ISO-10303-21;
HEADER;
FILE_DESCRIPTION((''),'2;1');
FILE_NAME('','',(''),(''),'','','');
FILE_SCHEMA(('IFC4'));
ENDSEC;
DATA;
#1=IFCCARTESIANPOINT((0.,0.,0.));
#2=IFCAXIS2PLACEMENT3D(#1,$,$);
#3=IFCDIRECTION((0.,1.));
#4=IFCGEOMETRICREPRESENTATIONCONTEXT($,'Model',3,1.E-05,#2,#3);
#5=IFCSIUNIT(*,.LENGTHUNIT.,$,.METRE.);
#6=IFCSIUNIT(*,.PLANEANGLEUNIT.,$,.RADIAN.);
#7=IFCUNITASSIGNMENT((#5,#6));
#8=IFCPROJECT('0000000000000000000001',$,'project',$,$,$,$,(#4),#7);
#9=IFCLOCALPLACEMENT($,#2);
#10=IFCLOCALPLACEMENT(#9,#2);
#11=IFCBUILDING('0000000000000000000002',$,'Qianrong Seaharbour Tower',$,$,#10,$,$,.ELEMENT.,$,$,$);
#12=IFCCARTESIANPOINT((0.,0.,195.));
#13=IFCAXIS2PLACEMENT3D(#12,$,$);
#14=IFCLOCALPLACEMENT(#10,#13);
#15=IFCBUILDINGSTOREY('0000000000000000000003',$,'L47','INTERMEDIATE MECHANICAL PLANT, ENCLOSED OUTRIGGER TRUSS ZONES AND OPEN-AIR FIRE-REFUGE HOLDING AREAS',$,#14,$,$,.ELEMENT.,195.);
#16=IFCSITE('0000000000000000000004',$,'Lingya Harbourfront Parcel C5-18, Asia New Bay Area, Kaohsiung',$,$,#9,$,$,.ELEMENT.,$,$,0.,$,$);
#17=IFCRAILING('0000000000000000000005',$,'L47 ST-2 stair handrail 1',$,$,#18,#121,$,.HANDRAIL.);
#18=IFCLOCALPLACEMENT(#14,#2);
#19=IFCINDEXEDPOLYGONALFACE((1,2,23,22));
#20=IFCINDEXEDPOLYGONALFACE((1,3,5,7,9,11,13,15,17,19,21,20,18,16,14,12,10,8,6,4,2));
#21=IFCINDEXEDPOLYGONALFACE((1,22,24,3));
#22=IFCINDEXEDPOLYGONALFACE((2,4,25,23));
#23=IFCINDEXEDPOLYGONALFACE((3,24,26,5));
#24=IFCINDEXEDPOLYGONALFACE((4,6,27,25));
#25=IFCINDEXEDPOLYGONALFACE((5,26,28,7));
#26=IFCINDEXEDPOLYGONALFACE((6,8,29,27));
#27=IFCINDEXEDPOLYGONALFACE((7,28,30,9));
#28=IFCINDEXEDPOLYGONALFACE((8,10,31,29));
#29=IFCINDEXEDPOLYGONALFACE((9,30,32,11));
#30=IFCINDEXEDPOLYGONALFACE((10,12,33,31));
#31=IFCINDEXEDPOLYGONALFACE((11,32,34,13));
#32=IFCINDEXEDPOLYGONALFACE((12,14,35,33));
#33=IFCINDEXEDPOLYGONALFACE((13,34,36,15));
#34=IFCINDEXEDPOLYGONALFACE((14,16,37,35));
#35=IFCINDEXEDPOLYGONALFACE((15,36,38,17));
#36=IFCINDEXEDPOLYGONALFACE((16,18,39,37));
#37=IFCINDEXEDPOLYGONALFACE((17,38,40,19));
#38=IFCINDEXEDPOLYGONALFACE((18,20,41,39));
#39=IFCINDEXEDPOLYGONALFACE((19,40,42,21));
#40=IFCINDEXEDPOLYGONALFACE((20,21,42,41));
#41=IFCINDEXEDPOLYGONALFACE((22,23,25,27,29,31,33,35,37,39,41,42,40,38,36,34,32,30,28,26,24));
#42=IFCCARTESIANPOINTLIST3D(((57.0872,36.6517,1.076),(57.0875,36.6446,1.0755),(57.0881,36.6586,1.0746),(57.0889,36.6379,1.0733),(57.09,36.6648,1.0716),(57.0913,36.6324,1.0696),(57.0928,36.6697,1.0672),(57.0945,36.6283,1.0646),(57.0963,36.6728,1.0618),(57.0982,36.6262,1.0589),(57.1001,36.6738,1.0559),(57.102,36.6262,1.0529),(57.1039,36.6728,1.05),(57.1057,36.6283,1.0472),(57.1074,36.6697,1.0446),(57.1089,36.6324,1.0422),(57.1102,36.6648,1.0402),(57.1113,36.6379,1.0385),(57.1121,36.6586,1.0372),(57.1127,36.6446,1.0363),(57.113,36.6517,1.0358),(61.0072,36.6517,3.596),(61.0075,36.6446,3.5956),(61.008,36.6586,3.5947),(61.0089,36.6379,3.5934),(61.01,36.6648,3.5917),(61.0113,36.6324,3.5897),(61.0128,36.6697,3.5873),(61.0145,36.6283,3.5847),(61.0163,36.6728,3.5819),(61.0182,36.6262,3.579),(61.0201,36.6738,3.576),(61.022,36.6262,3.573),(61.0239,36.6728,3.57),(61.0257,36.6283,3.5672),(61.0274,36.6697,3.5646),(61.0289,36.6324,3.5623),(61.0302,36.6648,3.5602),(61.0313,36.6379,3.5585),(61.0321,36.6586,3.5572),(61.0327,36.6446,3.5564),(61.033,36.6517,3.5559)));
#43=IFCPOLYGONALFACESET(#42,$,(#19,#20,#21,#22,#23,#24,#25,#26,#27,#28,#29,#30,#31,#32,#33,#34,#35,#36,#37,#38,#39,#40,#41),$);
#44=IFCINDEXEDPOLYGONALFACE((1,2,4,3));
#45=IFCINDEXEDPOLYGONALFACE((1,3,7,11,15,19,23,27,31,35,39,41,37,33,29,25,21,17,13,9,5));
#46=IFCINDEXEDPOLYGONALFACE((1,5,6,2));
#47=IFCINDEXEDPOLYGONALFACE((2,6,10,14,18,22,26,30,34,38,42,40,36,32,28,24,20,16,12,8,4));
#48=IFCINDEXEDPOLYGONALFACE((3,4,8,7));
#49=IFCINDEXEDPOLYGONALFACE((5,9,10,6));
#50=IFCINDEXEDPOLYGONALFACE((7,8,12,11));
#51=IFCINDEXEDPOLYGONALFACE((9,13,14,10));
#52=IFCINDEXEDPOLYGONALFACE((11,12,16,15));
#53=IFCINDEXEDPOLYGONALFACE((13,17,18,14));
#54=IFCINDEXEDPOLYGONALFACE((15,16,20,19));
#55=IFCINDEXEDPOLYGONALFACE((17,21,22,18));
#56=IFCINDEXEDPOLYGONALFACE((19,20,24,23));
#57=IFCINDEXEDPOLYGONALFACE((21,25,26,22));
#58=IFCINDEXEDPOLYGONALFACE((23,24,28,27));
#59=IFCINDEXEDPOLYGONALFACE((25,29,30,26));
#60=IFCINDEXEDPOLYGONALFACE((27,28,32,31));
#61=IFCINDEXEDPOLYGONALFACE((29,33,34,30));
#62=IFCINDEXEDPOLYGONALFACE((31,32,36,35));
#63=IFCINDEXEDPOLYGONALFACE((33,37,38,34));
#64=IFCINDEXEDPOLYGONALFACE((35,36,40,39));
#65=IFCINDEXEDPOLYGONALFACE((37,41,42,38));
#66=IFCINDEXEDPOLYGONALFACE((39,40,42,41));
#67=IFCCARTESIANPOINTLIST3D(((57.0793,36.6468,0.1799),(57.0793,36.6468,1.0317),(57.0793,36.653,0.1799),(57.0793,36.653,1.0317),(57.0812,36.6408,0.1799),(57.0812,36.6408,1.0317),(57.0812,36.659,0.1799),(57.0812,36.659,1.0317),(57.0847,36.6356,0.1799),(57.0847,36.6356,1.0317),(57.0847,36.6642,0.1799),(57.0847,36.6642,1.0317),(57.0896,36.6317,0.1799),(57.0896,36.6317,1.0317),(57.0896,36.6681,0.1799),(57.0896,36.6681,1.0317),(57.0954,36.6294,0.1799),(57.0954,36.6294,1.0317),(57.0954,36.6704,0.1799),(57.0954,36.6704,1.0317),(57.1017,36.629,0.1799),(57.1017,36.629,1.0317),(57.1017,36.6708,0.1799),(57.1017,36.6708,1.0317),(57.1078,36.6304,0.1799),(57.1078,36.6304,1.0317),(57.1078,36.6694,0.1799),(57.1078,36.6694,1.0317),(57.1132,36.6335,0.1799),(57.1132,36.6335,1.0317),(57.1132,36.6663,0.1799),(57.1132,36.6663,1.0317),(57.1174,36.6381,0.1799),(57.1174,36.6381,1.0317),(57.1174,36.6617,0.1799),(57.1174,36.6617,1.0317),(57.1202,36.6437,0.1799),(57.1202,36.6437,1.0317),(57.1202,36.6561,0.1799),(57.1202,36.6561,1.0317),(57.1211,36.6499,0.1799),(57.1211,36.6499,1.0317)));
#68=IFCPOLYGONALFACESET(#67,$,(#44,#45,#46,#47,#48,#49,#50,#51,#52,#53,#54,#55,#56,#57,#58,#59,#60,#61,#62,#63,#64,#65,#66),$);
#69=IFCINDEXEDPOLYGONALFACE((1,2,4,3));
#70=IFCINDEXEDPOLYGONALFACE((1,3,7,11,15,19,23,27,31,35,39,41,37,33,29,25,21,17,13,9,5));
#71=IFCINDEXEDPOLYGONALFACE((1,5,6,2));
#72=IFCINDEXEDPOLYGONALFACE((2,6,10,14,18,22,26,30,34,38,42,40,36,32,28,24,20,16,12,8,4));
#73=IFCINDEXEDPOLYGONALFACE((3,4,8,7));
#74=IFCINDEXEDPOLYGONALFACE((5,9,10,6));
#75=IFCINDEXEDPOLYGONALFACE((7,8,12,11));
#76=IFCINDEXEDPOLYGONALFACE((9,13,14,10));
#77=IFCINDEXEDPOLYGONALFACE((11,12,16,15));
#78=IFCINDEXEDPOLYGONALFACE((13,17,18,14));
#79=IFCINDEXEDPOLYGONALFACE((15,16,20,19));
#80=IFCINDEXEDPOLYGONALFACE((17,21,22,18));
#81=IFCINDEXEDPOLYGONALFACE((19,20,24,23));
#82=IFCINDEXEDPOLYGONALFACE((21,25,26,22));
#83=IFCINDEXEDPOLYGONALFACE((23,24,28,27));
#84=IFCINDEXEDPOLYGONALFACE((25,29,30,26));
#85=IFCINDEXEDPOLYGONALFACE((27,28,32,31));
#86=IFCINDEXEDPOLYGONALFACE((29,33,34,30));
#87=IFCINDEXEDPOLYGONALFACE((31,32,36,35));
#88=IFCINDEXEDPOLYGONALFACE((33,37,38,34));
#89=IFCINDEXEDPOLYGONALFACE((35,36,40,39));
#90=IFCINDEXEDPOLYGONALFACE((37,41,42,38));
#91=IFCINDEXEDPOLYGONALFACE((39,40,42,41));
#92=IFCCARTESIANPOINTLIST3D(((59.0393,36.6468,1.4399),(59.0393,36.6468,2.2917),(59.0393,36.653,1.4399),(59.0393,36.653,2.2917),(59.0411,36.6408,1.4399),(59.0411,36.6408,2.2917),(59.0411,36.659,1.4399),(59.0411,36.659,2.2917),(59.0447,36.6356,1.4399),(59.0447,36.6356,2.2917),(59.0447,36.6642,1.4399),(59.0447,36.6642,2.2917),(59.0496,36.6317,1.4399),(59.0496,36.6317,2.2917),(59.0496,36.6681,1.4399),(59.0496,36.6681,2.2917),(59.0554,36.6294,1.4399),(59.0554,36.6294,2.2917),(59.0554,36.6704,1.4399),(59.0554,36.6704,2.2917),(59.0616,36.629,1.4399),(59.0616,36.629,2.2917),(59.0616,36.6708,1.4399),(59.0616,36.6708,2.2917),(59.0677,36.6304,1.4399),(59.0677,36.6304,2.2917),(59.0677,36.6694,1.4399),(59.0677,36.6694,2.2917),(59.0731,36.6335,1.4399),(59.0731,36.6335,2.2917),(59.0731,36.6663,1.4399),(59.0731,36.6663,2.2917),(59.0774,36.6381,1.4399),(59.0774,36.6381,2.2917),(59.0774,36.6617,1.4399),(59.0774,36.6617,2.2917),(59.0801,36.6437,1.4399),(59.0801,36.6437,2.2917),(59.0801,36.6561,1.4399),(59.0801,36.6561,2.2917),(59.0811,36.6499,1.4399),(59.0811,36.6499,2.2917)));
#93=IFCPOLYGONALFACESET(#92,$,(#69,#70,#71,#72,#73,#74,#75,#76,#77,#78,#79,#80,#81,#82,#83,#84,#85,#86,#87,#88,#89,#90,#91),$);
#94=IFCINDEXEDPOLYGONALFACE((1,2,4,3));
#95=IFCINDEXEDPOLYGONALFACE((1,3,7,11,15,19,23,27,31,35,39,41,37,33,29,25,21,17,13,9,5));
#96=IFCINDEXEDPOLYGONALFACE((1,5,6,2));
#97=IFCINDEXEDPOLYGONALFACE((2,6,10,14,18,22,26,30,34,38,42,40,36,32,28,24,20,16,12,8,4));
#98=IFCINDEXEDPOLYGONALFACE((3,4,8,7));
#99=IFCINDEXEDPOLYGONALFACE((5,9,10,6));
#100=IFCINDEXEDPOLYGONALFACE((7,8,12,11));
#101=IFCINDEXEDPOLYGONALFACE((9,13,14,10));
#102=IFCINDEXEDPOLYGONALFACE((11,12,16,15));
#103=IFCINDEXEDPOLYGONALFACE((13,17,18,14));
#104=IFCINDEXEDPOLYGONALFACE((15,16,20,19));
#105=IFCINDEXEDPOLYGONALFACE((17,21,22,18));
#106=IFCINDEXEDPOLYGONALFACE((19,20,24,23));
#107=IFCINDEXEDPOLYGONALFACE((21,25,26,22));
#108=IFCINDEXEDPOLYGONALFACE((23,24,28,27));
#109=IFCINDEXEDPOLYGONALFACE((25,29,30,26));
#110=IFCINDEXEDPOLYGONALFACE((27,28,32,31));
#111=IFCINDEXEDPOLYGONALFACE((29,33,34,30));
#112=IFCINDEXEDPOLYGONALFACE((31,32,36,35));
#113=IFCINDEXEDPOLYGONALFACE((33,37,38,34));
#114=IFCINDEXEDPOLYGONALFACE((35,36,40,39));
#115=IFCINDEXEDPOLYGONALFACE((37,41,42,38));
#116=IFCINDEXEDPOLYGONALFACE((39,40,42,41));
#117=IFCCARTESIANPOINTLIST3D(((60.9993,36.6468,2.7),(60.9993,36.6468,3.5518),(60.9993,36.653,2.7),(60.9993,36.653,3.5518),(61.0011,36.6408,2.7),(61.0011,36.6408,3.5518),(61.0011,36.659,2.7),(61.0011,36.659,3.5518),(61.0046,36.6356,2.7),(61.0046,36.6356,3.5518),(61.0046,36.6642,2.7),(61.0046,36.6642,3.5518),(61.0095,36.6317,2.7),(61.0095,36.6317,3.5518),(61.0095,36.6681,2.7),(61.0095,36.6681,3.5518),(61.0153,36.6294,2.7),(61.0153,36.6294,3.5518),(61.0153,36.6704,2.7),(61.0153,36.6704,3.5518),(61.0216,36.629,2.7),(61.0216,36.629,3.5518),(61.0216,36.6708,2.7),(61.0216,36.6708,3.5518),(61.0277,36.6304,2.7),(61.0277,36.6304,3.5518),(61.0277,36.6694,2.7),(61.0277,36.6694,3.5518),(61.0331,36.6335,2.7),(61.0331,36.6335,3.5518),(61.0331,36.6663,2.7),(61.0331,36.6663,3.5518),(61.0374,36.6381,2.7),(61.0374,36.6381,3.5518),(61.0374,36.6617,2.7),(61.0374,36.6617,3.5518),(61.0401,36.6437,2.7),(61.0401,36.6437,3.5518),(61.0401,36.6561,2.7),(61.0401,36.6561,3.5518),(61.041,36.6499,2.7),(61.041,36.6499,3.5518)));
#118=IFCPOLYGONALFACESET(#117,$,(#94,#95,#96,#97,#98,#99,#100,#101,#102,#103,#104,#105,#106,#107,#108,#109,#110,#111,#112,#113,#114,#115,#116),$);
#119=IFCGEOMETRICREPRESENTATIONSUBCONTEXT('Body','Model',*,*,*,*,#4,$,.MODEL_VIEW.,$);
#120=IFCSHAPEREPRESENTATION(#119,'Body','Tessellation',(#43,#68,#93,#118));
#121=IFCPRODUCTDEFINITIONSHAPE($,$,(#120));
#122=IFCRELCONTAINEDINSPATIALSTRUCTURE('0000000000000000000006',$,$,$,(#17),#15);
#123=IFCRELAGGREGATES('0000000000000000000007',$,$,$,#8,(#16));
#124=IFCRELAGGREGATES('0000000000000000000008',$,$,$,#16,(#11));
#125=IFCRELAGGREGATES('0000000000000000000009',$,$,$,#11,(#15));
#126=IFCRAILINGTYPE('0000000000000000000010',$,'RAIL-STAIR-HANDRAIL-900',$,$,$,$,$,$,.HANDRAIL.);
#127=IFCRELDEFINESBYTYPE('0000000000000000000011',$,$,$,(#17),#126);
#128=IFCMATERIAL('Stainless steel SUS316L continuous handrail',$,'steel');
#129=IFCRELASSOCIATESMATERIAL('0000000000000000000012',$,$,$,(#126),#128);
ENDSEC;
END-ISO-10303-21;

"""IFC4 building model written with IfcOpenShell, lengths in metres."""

from ifc_helpers import new_model, si_unit, direction, frame, origin, origin_2d, place, context, subcontext, project, spatial, circle, extrude, material, type_object, element, save


model = new_model("IFC4")

# Units and contexts
model_context = context("Model", 3, precision=1e-05, world=origin(), true_north=direction((0.0, 1.0)))
body_context = subcontext(model_context, "Body", "Model", "MODEL_VIEW")
ifc_project = project(units=[si_unit("LENGTHUNIT", "METRE"), si_unit("PLANEANGLEUNIT", "RADIAN")], contexts=[model_context])

# Site, building, storey
site_placement = place(None, origin())
site = spatial("IfcSite", under=ifc_project, at=site_placement, Name="Lingya Harbourfront Parcel C5-18, Asia New Bay Area, Kaohsiung", CompositionType="ELEMENT", RefElevation=0.0)
building_placement = place(site_placement, origin())
building = spatial("IfcBuilding", under=site, at=building_placement, Name="Qianrong Seaharbour Tower", CompositionType="ELEMENT")
storey_placement = place(building_placement, frame((0.0, 0.0, 195.0)))
storey = spatial("IfcBuildingStorey", under=building, at=storey_placement, Name="L47", Description="INTERMEDIATE MECHANICAL PLANT, ENCLOSED OUTRIGGER TRUSS ZONES AND OPEN-AIR FIRE-REFUGE HOLDING AREAS", CompositionType="ELEMENT", Elevation=195.0)

# Railing
ifc_material_1 = material(Name="Stainless steel SUS316L continuous handrail", Category="steel")
railing_type_1 = type_object("IfcRailingType", Name="RAIL-STAIR-HANDRAIL-900", PredefinedType="HANDRAIL", material=ifc_material_1)
railing_1_placement = place(storey_placement, frame((57.1001, 36.6499, 0.1799)))
element("IfcRailing", 1, at=railing_1_placement, inside=storey, type_object=railing_type_1, Name="L47 ST-2 stair handrail 1", PredefinedType="HANDRAIL", context=body_context, shape_type="SweptSolid", body=[
    extrude(circle(Radius=0.0239, at=origin_2d()), frame((0.0, 0.0, 0.876), z_axis=(0.841172, 0.0, 0.540768), x_axis=(0.0, 1.0, 0.0)), (0.0, 0.0, 1.0), 4.6602),
    extrude(circle(Radius=0.021, at=origin_2d()), origin(), (0.0, 0.0, 1.0), 0.8518),
    extrude(circle(Radius=0.021, at=origin_2d()), frame((1.96, 0.0, 1.26)), (0.0, 0.0, 1.0), 0.8518),
    extrude(circle(Radius=0.021, at=origin_2d()), frame((3.9199, 0.0, 2.52)), (0.0, 0.0, 1.0), 0.8518),
])

save(model, "model.ifc")
